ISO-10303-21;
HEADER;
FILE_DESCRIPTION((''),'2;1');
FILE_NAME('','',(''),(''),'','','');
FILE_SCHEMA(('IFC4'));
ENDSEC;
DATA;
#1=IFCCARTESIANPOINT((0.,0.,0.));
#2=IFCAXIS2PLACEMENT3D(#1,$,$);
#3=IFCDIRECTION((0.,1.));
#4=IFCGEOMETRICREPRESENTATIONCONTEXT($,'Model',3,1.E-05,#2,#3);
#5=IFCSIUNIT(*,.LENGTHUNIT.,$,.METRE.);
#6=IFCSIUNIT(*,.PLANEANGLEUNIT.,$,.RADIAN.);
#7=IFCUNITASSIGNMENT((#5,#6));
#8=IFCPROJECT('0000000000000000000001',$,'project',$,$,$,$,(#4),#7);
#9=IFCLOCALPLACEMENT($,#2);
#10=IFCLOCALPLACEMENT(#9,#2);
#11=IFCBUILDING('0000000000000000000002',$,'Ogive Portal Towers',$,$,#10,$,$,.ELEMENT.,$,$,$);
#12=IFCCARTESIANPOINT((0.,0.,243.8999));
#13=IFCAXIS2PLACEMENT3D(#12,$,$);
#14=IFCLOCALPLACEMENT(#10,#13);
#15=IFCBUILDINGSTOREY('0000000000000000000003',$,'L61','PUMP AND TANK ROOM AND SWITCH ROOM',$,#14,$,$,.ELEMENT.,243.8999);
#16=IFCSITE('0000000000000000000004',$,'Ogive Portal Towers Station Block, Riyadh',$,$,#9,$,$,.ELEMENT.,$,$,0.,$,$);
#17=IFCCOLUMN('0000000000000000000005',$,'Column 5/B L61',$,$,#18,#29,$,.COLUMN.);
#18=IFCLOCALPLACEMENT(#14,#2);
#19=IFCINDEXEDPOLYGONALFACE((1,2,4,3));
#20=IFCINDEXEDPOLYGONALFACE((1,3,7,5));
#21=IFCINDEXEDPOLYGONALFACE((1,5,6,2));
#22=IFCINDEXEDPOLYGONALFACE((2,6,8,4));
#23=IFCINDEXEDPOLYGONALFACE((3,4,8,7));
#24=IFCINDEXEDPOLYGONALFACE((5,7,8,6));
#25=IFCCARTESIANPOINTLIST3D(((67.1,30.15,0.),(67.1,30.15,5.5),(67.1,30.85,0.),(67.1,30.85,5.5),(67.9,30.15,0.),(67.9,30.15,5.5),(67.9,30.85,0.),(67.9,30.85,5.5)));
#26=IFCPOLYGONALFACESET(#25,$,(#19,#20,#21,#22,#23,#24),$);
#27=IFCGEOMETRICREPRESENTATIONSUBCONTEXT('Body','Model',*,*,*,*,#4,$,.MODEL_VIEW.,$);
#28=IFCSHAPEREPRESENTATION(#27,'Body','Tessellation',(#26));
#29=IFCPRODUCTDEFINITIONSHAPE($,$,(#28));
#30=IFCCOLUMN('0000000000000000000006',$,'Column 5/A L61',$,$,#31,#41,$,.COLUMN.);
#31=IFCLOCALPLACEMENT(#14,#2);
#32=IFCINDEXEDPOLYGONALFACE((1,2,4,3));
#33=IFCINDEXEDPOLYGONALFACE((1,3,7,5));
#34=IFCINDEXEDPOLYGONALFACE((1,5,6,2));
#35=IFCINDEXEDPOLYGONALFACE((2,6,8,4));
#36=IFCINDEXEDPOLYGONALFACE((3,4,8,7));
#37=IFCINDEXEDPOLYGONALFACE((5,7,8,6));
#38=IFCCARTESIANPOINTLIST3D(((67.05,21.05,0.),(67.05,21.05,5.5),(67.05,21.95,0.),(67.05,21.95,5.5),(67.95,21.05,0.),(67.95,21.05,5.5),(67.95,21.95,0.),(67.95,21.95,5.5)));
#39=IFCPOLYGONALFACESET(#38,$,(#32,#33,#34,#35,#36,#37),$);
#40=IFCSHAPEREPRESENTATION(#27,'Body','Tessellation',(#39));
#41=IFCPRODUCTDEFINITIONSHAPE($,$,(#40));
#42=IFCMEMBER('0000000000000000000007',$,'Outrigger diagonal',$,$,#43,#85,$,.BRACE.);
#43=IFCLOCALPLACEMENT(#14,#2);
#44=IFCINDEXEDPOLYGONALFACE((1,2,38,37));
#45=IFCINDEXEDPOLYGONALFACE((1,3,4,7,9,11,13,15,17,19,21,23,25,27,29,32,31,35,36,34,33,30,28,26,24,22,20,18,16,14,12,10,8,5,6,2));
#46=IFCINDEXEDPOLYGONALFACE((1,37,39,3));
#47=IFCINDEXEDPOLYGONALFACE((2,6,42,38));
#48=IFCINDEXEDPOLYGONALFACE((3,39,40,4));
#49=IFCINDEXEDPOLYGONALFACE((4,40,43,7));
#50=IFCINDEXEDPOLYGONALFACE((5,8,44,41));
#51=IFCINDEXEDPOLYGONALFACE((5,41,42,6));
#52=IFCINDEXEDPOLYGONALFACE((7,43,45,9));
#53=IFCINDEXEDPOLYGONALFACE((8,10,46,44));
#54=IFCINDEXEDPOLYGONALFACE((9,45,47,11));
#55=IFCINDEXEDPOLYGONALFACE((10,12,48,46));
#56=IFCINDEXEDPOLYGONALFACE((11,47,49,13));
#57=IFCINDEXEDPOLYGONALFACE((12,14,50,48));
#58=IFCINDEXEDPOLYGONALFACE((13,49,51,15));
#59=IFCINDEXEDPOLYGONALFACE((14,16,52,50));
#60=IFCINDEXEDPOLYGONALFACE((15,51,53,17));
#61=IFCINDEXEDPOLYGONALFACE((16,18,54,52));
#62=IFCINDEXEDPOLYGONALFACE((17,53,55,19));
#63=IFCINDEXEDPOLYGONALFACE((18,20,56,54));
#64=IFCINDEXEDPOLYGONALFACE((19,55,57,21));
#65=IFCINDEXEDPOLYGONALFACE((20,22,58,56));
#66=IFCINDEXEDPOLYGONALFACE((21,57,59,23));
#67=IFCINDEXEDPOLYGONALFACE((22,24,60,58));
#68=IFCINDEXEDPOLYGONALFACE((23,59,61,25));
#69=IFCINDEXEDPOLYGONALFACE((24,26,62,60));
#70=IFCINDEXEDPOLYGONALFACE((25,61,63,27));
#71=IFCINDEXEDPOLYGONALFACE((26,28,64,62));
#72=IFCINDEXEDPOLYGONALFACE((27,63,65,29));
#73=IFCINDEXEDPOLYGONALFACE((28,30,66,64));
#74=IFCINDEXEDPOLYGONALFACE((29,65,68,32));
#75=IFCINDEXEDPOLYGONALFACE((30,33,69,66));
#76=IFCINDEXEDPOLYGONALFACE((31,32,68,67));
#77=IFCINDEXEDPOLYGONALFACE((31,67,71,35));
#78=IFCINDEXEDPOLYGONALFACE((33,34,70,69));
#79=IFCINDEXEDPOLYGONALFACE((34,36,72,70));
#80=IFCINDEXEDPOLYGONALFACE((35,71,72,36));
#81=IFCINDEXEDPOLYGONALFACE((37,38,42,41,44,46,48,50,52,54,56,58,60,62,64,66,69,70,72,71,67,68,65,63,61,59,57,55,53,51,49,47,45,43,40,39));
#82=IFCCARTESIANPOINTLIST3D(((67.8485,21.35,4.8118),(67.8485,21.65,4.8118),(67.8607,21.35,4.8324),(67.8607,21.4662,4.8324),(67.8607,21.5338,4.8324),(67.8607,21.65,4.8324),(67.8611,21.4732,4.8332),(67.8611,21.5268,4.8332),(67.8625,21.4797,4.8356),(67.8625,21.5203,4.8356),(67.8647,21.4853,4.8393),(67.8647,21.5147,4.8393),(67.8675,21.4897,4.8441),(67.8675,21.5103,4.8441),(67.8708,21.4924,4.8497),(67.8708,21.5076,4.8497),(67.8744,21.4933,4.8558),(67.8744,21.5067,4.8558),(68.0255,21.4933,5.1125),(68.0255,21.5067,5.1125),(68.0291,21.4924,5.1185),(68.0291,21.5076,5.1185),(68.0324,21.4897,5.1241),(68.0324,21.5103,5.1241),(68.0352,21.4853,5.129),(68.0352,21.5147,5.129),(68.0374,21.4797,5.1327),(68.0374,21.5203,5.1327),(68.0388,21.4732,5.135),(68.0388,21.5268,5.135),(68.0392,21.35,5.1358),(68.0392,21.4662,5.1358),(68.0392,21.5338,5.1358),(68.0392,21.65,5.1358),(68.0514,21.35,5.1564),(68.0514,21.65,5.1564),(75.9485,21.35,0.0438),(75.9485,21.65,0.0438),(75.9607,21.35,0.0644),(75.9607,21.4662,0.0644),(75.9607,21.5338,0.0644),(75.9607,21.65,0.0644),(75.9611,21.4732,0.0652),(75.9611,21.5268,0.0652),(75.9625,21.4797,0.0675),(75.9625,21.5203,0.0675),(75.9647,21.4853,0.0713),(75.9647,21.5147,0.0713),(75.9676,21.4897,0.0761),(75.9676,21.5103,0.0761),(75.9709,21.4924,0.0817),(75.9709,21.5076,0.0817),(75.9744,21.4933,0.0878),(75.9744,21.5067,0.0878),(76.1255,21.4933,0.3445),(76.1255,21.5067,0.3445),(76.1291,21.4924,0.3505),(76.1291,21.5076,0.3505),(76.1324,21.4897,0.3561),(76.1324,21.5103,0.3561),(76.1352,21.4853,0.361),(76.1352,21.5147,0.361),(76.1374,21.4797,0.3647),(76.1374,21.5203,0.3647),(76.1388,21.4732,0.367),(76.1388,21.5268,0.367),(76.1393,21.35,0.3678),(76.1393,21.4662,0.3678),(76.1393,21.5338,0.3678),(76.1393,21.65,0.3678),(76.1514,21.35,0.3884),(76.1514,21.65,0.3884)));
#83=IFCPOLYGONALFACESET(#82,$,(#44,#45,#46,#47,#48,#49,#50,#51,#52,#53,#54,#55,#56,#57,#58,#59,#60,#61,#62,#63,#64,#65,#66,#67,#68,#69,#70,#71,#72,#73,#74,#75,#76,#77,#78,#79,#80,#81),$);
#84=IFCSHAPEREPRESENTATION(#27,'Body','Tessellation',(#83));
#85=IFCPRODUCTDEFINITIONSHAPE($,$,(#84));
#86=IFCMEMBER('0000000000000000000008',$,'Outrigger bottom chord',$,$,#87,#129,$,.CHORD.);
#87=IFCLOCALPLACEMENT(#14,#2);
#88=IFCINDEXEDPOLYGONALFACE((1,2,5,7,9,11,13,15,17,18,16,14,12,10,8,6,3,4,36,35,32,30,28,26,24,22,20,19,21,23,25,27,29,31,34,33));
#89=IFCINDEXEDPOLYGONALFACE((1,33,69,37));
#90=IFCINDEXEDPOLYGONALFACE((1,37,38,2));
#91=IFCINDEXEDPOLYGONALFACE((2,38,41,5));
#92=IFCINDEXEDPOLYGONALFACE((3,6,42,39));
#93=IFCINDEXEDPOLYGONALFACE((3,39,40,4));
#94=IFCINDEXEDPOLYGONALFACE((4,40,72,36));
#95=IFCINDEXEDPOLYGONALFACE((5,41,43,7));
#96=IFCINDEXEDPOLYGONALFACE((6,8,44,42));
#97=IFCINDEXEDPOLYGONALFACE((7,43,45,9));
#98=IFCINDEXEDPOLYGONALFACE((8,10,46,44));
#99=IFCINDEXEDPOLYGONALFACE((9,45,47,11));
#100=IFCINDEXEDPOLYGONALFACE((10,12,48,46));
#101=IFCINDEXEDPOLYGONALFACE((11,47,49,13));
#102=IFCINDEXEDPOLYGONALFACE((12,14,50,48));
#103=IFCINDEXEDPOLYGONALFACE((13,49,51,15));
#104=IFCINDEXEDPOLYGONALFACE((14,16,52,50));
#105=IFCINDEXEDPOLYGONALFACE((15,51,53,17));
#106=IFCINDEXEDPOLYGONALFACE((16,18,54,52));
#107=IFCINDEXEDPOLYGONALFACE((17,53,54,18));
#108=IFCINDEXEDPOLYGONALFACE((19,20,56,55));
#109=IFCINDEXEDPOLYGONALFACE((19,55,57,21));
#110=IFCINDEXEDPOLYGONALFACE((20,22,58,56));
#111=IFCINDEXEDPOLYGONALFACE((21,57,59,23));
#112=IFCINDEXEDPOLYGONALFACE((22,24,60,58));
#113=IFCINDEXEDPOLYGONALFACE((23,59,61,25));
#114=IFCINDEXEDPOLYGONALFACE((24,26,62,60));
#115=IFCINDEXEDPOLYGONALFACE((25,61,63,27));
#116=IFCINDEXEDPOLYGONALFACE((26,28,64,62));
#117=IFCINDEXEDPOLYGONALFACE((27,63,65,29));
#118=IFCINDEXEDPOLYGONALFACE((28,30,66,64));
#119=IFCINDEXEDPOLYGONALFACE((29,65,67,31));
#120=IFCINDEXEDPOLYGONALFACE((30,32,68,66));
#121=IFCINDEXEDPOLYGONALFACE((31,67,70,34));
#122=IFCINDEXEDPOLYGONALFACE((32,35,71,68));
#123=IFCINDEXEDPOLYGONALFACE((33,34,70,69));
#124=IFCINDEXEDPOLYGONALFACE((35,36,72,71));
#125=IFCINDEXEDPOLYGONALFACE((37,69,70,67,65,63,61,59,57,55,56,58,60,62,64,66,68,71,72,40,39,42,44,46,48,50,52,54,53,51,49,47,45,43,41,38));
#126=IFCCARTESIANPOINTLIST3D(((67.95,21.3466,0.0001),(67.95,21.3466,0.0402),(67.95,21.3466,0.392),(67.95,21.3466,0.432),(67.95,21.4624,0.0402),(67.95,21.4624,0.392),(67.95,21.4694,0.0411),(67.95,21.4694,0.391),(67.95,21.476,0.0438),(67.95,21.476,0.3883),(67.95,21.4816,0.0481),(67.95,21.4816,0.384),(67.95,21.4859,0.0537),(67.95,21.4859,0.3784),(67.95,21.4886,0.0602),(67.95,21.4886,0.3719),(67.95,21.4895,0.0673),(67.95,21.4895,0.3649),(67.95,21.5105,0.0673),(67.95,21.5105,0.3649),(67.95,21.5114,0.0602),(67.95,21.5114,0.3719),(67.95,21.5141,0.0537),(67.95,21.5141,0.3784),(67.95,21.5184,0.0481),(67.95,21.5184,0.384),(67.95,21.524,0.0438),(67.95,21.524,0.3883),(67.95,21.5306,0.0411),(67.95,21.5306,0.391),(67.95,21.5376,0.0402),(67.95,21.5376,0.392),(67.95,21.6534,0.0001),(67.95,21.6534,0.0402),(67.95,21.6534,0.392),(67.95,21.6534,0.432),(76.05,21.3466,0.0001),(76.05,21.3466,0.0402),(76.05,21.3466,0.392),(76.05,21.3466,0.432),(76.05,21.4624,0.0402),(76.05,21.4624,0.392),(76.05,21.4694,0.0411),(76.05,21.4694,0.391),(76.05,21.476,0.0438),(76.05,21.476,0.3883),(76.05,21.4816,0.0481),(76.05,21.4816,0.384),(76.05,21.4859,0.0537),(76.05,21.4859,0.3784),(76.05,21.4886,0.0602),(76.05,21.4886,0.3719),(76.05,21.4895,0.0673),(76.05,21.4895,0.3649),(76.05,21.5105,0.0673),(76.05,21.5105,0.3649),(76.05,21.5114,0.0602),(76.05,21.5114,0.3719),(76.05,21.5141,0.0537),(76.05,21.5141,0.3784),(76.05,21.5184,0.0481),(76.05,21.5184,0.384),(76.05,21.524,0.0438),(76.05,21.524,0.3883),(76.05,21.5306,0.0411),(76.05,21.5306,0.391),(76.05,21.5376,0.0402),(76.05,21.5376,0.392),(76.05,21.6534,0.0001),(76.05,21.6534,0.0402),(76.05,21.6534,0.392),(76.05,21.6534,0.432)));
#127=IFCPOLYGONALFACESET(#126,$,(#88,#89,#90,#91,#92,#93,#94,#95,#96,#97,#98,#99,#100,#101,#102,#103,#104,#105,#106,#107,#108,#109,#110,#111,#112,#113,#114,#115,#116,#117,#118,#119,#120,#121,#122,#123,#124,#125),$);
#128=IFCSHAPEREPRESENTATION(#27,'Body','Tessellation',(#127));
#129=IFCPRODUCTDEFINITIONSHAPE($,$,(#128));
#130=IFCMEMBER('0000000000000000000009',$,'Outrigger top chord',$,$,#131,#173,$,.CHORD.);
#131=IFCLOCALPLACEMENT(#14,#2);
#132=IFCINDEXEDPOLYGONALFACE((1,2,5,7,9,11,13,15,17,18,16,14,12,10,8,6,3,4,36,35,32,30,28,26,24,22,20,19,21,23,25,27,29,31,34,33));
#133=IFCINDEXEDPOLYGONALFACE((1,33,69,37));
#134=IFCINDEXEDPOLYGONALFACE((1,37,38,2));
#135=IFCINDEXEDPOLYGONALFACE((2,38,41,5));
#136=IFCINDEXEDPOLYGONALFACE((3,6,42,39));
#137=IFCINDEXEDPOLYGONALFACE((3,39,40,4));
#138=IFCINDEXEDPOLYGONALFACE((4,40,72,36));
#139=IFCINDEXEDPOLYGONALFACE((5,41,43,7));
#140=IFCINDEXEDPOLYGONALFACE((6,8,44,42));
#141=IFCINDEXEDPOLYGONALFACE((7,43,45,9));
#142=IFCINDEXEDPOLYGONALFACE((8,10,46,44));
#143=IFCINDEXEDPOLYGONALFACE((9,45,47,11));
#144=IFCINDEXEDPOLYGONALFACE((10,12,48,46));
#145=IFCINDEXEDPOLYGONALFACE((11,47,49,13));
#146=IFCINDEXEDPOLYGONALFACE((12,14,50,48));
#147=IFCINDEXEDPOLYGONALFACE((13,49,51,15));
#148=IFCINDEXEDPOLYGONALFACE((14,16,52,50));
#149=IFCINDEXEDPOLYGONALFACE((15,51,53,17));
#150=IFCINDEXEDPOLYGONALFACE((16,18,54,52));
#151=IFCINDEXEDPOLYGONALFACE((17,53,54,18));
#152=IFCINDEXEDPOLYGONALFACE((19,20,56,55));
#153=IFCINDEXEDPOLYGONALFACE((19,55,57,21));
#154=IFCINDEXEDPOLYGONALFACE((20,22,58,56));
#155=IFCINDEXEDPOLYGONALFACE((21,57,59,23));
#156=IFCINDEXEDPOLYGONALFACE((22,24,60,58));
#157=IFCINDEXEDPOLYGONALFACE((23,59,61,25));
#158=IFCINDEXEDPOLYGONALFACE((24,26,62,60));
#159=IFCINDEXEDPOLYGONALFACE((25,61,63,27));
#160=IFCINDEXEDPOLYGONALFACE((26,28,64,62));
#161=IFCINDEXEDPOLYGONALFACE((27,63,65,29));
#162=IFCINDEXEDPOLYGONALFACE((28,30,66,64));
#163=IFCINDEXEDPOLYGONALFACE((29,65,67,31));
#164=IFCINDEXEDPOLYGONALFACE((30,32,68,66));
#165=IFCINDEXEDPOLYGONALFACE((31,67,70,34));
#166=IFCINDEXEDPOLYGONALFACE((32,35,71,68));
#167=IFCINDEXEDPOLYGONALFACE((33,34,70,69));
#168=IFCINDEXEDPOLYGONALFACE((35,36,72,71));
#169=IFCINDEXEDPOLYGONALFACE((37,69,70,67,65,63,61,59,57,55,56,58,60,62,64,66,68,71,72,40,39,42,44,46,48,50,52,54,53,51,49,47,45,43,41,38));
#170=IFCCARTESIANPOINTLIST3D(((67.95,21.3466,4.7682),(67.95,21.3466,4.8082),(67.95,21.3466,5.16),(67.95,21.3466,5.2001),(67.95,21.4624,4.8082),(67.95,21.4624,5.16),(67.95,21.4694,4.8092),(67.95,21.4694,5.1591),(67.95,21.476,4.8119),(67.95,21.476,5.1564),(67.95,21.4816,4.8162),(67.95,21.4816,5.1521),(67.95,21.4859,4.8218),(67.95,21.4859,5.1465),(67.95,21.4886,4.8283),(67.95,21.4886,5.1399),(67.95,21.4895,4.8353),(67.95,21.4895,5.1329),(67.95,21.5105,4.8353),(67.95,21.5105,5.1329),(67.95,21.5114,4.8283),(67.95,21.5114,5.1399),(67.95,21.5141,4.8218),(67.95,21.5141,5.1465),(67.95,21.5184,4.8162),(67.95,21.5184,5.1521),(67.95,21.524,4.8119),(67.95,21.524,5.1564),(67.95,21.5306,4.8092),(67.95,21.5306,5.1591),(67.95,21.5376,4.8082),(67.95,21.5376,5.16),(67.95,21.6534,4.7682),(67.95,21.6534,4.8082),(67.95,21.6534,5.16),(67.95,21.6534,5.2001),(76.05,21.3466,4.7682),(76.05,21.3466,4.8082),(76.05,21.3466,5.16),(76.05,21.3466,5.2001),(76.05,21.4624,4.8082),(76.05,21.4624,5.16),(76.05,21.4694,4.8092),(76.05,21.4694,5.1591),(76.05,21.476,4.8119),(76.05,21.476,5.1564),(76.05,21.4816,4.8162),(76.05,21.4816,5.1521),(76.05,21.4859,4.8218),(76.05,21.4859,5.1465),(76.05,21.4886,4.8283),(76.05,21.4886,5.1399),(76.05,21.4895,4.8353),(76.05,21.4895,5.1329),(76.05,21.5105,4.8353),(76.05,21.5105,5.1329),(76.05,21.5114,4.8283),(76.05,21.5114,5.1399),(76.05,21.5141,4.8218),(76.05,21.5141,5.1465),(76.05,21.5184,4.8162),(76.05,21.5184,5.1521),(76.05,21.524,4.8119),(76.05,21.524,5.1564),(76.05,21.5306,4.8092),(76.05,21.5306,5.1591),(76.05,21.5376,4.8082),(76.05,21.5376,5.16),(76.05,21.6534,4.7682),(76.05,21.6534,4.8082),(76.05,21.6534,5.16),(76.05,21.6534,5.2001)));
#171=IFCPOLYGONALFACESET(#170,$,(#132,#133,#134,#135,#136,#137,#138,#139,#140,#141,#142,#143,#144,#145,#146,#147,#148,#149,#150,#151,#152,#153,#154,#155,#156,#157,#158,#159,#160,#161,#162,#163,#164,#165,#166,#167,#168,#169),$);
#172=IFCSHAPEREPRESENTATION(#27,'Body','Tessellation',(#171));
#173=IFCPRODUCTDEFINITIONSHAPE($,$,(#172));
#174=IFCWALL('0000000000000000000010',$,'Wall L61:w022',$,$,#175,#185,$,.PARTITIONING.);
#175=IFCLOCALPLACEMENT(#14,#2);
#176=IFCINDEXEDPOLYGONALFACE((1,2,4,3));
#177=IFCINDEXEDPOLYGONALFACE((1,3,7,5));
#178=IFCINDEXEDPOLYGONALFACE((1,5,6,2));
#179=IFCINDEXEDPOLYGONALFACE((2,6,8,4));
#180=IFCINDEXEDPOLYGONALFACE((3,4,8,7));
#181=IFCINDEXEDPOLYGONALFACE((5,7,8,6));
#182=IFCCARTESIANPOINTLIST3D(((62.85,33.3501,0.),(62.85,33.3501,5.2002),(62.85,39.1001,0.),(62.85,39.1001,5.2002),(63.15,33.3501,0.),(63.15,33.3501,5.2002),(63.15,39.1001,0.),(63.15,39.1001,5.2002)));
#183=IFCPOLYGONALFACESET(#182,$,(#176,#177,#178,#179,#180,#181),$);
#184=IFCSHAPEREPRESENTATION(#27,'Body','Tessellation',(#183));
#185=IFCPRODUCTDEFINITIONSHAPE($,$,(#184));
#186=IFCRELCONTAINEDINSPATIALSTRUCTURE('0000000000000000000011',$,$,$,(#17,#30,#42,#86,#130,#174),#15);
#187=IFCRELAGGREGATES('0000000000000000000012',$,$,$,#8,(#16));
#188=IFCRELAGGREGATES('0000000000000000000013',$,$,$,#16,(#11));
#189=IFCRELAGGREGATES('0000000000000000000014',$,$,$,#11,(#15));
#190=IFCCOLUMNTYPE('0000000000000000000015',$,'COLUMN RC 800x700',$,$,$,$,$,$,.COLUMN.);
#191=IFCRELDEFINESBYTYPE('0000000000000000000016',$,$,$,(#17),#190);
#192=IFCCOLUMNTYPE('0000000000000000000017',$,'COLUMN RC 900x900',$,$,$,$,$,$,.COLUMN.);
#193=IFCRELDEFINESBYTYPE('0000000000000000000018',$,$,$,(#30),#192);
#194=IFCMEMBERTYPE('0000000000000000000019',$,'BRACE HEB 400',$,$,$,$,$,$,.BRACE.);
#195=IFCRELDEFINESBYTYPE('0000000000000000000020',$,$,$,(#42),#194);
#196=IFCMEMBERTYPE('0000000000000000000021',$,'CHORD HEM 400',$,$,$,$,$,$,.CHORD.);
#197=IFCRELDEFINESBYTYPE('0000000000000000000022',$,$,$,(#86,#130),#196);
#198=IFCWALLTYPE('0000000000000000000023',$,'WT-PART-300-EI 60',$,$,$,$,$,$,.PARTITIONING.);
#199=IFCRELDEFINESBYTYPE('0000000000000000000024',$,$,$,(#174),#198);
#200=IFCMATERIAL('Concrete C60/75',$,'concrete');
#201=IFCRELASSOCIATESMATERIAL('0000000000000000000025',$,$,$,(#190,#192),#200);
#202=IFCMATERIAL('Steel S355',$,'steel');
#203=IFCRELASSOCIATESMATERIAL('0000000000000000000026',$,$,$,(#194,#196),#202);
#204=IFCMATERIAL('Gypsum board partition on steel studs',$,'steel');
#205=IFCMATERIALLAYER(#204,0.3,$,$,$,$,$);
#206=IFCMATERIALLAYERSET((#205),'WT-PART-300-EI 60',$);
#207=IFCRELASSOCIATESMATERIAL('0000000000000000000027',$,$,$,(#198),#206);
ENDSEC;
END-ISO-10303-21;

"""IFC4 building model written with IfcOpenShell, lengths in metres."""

from ifc_helpers import new_model, si_unit, direction, frame, frame_2d, origin, origin_2d, place, context, subcontext, project, spatial, rectangle, i_section, extrude, material, layer, layer_set, material_profile, profile_set, type_object, element, save


model = new_model("IFC4")

# Units and contexts
model_context = context("Model", 3, precision=1e-05, world=origin(), true_north=direction((0.0, 1.0)))
body_context = subcontext(model_context, "Body", "Model", "MODEL_VIEW")
ifc_project = project(units=[si_unit("LENGTHUNIT", "METRE"), si_unit("PLANEANGLEUNIT", "RADIAN")], contexts=[model_context])

# Site, building, storey
site_placement = place(None, origin())
site = spatial("IfcSite", under=ifc_project, at=site_placement, Name="Ogive Portal Towers Station Block, Riyadh", CompositionType="ELEMENT", RefElevation=0.0)
building_placement = place(site_placement, origin())
building = spatial("IfcBuilding", under=site, at=building_placement, Name="Ogive Portal Towers", CompositionType="ELEMENT")
storey_placement = place(building_placement, frame((0.0, 0.0, 243.8999)))
storey = spatial("IfcBuildingStorey", under=building, at=storey_placement, Name="L61", Description="PUMP AND TANK ROOM AND SWITCH ROOM", CompositionType="ELEMENT", Elevation=243.8999)

# Columns
ifc_material_1 = material(Name="Concrete C60/75", Category="concrete")
ifc_material_profile_1 = material_profile(ifc_material_1, rectangle(XDim=0.8, YDim=0.7, at=origin_2d()), Name="RC 800x700")
ifc_profile_set_1 = profile_set([ifc_material_profile_1], Name="Concrete C60/75")
column_type_1 = type_object("IfcColumnType", Name="COLUMN RC 800x700", PredefinedType="COLUMN", material=ifc_profile_set_1)
column_1_placement = place(storey_placement, frame((67.5, 30.5, 0.0), z_axis=(0.0, 0.0, 1.0), x_axis=(1.0, 0.0, 0.0)))
element("IfcColumn", 1, at=column_1_placement, inside=storey, type_object=column_type_1, Name="Column 5/B L61", PredefinedType="COLUMN", context=body_context, shape_type="SweptSolid", body=[
    extrude(rectangle(XDim=0.8, YDim=0.7, at=origin_2d()), origin(), (0.0, 0.0, 1.0), 5.5),
])
ifc_material_profile_2 = material_profile(ifc_material_1, rectangle(XDim=0.8999, YDim=0.8999, at=origin_2d()), Name="RC 900x900")
ifc_profile_set_2 = profile_set([ifc_material_profile_2], Name="Concrete C60/75")
column_type_2 = type_object("IfcColumnType", Name="COLUMN RC 900x900", PredefinedType="COLUMN", material=ifc_profile_set_2)
column_2_placement = place(storey_placement, frame((67.5, 21.5, 0.0), z_axis=(0.0, 0.0, 1.0), x_axis=(1.0, 0.0, 0.0)))
element("IfcColumn", 2, at=column_2_placement, inside=storey, type_object=column_type_2, Name="Column 5/A L61", PredefinedType="COLUMN", context=body_context, shape_type="SweptSolid", body=[
    extrude(rectangle(XDim=0.8999, YDim=0.8999, at=origin_2d()), origin(), (0.0, 0.0, 1.0), 5.5),
])

# Members
ifc_material_2 = material(Name="Steel S355", Category="steel")
ifc_material_profile_3 = material_profile(ifc_material_2, i_section(OverallWidth=0.3, OverallDepth=0.3999, WebThickness=0.0134, FlangeThickness=0.0239, FilletRadius=0.0271, at=origin_2d()), Name="HEB 400")
ifc_profile_set_3 = profile_set([ifc_material_profile_3], Name="Steel S355")
member_type_1 = type_object("IfcMemberType", Name="BRACE HEB 400", PredefinedType="BRACE", material=ifc_profile_set_3)
member_placement = place(storey_placement, frame((67.95, 21.5, 4.9841), z_axis=(0.861781, 0.0, -0.507281), x_axis=(0.0, 1.0, 0.0)))
element("IfcMember", 3, at=member_placement, inside=storey, type_object=member_type_1, Name="Outrigger diagonal", PredefinedType="BRACE", context=body_context, shape_type="SweptSolid", body=[
    extrude(i_section(OverallWidth=0.3, OverallDepth=0.3999, WebThickness=0.0134, FlangeThickness=0.0239, FilletRadius=0.0271, at=origin_2d()), origin(), (0.0, 0.0, 1.0), 9.3992),
])
ifc_material_profile_4 = material_profile(ifc_material_2, i_section(OverallWidth=0.3069, OverallDepth=0.4319, WebThickness=0.021, FlangeThickness=0.04, FilletRadius=0.0271, at=origin_2d()), Name="HEM 400")
ifc_profile_set_4 = profile_set([ifc_material_profile_4], Name="Steel S355")
member_type_2 = type_object("IfcMemberType", Name="CHORD HEM 400", PredefinedType="CHORD", material=ifc_profile_set_4)
for number, where, z_axis, x_axis, name in (
    (4, (67.95, 21.5, 0.2161), (1.0, 0.0, 0.0), (0.0, 1.0, 0.0), "Outrigger bottom chord"),
    (5, (67.95, 21.5, 4.9841), (1.0, 0.0, 0.0), (0.0, 1.0, 0.0), "Outrigger top chord"),
):
    element("IfcMember", number, at=place(storey_placement, frame(where, z_axis=z_axis, x_axis=x_axis)), inside=storey, type_object=member_type_2, Name=name, PredefinedType="CHORD", context=body_context, shape_type="SweptSolid", body=[
        extrude(i_section(OverallWidth=0.3069, OverallDepth=0.4319, WebThickness=0.021, FlangeThickness=0.04, FilletRadius=0.0271, at=origin_2d()), origin(), (0.0, 0.0, 1.0), 8.1001),
    ])

# Wall
ifc_material_3 = material(Name="Gypsum board partition on steel studs", Category="steel")
ifc_layer_1 = layer(ifc_material_3, 0.3)
ifc_layer_set_1 = layer_set([ifc_layer_1], Name="WT-PART-300-EI 60")
wall_type = type_object("IfcWallType", Name="WT-PART-300-EI 60", PredefinedType="PARTITIONING", material=ifc_layer_set_1)
wall_1_placement = place(storey_placement, frame((63.0, 33.3501, 0.0), z_axis=(0.0, 0.0, 1.0), x_axis=(0.0, 1.0, 0.0)))
element("IfcWall", 6, at=wall_1_placement, inside=storey, type_object=wall_type, Name="Wall L61:w022", PredefinedType="PARTITIONING", context=body_context, shape_type="SweptSolid", body=[
    extrude(rectangle(XDim=5.75, YDim=0.3, at=frame_2d((2.875, 0.0))), origin(), (0.0, 0.0, 1.0), 5.2002),
])

save(model, "model.ifc")
